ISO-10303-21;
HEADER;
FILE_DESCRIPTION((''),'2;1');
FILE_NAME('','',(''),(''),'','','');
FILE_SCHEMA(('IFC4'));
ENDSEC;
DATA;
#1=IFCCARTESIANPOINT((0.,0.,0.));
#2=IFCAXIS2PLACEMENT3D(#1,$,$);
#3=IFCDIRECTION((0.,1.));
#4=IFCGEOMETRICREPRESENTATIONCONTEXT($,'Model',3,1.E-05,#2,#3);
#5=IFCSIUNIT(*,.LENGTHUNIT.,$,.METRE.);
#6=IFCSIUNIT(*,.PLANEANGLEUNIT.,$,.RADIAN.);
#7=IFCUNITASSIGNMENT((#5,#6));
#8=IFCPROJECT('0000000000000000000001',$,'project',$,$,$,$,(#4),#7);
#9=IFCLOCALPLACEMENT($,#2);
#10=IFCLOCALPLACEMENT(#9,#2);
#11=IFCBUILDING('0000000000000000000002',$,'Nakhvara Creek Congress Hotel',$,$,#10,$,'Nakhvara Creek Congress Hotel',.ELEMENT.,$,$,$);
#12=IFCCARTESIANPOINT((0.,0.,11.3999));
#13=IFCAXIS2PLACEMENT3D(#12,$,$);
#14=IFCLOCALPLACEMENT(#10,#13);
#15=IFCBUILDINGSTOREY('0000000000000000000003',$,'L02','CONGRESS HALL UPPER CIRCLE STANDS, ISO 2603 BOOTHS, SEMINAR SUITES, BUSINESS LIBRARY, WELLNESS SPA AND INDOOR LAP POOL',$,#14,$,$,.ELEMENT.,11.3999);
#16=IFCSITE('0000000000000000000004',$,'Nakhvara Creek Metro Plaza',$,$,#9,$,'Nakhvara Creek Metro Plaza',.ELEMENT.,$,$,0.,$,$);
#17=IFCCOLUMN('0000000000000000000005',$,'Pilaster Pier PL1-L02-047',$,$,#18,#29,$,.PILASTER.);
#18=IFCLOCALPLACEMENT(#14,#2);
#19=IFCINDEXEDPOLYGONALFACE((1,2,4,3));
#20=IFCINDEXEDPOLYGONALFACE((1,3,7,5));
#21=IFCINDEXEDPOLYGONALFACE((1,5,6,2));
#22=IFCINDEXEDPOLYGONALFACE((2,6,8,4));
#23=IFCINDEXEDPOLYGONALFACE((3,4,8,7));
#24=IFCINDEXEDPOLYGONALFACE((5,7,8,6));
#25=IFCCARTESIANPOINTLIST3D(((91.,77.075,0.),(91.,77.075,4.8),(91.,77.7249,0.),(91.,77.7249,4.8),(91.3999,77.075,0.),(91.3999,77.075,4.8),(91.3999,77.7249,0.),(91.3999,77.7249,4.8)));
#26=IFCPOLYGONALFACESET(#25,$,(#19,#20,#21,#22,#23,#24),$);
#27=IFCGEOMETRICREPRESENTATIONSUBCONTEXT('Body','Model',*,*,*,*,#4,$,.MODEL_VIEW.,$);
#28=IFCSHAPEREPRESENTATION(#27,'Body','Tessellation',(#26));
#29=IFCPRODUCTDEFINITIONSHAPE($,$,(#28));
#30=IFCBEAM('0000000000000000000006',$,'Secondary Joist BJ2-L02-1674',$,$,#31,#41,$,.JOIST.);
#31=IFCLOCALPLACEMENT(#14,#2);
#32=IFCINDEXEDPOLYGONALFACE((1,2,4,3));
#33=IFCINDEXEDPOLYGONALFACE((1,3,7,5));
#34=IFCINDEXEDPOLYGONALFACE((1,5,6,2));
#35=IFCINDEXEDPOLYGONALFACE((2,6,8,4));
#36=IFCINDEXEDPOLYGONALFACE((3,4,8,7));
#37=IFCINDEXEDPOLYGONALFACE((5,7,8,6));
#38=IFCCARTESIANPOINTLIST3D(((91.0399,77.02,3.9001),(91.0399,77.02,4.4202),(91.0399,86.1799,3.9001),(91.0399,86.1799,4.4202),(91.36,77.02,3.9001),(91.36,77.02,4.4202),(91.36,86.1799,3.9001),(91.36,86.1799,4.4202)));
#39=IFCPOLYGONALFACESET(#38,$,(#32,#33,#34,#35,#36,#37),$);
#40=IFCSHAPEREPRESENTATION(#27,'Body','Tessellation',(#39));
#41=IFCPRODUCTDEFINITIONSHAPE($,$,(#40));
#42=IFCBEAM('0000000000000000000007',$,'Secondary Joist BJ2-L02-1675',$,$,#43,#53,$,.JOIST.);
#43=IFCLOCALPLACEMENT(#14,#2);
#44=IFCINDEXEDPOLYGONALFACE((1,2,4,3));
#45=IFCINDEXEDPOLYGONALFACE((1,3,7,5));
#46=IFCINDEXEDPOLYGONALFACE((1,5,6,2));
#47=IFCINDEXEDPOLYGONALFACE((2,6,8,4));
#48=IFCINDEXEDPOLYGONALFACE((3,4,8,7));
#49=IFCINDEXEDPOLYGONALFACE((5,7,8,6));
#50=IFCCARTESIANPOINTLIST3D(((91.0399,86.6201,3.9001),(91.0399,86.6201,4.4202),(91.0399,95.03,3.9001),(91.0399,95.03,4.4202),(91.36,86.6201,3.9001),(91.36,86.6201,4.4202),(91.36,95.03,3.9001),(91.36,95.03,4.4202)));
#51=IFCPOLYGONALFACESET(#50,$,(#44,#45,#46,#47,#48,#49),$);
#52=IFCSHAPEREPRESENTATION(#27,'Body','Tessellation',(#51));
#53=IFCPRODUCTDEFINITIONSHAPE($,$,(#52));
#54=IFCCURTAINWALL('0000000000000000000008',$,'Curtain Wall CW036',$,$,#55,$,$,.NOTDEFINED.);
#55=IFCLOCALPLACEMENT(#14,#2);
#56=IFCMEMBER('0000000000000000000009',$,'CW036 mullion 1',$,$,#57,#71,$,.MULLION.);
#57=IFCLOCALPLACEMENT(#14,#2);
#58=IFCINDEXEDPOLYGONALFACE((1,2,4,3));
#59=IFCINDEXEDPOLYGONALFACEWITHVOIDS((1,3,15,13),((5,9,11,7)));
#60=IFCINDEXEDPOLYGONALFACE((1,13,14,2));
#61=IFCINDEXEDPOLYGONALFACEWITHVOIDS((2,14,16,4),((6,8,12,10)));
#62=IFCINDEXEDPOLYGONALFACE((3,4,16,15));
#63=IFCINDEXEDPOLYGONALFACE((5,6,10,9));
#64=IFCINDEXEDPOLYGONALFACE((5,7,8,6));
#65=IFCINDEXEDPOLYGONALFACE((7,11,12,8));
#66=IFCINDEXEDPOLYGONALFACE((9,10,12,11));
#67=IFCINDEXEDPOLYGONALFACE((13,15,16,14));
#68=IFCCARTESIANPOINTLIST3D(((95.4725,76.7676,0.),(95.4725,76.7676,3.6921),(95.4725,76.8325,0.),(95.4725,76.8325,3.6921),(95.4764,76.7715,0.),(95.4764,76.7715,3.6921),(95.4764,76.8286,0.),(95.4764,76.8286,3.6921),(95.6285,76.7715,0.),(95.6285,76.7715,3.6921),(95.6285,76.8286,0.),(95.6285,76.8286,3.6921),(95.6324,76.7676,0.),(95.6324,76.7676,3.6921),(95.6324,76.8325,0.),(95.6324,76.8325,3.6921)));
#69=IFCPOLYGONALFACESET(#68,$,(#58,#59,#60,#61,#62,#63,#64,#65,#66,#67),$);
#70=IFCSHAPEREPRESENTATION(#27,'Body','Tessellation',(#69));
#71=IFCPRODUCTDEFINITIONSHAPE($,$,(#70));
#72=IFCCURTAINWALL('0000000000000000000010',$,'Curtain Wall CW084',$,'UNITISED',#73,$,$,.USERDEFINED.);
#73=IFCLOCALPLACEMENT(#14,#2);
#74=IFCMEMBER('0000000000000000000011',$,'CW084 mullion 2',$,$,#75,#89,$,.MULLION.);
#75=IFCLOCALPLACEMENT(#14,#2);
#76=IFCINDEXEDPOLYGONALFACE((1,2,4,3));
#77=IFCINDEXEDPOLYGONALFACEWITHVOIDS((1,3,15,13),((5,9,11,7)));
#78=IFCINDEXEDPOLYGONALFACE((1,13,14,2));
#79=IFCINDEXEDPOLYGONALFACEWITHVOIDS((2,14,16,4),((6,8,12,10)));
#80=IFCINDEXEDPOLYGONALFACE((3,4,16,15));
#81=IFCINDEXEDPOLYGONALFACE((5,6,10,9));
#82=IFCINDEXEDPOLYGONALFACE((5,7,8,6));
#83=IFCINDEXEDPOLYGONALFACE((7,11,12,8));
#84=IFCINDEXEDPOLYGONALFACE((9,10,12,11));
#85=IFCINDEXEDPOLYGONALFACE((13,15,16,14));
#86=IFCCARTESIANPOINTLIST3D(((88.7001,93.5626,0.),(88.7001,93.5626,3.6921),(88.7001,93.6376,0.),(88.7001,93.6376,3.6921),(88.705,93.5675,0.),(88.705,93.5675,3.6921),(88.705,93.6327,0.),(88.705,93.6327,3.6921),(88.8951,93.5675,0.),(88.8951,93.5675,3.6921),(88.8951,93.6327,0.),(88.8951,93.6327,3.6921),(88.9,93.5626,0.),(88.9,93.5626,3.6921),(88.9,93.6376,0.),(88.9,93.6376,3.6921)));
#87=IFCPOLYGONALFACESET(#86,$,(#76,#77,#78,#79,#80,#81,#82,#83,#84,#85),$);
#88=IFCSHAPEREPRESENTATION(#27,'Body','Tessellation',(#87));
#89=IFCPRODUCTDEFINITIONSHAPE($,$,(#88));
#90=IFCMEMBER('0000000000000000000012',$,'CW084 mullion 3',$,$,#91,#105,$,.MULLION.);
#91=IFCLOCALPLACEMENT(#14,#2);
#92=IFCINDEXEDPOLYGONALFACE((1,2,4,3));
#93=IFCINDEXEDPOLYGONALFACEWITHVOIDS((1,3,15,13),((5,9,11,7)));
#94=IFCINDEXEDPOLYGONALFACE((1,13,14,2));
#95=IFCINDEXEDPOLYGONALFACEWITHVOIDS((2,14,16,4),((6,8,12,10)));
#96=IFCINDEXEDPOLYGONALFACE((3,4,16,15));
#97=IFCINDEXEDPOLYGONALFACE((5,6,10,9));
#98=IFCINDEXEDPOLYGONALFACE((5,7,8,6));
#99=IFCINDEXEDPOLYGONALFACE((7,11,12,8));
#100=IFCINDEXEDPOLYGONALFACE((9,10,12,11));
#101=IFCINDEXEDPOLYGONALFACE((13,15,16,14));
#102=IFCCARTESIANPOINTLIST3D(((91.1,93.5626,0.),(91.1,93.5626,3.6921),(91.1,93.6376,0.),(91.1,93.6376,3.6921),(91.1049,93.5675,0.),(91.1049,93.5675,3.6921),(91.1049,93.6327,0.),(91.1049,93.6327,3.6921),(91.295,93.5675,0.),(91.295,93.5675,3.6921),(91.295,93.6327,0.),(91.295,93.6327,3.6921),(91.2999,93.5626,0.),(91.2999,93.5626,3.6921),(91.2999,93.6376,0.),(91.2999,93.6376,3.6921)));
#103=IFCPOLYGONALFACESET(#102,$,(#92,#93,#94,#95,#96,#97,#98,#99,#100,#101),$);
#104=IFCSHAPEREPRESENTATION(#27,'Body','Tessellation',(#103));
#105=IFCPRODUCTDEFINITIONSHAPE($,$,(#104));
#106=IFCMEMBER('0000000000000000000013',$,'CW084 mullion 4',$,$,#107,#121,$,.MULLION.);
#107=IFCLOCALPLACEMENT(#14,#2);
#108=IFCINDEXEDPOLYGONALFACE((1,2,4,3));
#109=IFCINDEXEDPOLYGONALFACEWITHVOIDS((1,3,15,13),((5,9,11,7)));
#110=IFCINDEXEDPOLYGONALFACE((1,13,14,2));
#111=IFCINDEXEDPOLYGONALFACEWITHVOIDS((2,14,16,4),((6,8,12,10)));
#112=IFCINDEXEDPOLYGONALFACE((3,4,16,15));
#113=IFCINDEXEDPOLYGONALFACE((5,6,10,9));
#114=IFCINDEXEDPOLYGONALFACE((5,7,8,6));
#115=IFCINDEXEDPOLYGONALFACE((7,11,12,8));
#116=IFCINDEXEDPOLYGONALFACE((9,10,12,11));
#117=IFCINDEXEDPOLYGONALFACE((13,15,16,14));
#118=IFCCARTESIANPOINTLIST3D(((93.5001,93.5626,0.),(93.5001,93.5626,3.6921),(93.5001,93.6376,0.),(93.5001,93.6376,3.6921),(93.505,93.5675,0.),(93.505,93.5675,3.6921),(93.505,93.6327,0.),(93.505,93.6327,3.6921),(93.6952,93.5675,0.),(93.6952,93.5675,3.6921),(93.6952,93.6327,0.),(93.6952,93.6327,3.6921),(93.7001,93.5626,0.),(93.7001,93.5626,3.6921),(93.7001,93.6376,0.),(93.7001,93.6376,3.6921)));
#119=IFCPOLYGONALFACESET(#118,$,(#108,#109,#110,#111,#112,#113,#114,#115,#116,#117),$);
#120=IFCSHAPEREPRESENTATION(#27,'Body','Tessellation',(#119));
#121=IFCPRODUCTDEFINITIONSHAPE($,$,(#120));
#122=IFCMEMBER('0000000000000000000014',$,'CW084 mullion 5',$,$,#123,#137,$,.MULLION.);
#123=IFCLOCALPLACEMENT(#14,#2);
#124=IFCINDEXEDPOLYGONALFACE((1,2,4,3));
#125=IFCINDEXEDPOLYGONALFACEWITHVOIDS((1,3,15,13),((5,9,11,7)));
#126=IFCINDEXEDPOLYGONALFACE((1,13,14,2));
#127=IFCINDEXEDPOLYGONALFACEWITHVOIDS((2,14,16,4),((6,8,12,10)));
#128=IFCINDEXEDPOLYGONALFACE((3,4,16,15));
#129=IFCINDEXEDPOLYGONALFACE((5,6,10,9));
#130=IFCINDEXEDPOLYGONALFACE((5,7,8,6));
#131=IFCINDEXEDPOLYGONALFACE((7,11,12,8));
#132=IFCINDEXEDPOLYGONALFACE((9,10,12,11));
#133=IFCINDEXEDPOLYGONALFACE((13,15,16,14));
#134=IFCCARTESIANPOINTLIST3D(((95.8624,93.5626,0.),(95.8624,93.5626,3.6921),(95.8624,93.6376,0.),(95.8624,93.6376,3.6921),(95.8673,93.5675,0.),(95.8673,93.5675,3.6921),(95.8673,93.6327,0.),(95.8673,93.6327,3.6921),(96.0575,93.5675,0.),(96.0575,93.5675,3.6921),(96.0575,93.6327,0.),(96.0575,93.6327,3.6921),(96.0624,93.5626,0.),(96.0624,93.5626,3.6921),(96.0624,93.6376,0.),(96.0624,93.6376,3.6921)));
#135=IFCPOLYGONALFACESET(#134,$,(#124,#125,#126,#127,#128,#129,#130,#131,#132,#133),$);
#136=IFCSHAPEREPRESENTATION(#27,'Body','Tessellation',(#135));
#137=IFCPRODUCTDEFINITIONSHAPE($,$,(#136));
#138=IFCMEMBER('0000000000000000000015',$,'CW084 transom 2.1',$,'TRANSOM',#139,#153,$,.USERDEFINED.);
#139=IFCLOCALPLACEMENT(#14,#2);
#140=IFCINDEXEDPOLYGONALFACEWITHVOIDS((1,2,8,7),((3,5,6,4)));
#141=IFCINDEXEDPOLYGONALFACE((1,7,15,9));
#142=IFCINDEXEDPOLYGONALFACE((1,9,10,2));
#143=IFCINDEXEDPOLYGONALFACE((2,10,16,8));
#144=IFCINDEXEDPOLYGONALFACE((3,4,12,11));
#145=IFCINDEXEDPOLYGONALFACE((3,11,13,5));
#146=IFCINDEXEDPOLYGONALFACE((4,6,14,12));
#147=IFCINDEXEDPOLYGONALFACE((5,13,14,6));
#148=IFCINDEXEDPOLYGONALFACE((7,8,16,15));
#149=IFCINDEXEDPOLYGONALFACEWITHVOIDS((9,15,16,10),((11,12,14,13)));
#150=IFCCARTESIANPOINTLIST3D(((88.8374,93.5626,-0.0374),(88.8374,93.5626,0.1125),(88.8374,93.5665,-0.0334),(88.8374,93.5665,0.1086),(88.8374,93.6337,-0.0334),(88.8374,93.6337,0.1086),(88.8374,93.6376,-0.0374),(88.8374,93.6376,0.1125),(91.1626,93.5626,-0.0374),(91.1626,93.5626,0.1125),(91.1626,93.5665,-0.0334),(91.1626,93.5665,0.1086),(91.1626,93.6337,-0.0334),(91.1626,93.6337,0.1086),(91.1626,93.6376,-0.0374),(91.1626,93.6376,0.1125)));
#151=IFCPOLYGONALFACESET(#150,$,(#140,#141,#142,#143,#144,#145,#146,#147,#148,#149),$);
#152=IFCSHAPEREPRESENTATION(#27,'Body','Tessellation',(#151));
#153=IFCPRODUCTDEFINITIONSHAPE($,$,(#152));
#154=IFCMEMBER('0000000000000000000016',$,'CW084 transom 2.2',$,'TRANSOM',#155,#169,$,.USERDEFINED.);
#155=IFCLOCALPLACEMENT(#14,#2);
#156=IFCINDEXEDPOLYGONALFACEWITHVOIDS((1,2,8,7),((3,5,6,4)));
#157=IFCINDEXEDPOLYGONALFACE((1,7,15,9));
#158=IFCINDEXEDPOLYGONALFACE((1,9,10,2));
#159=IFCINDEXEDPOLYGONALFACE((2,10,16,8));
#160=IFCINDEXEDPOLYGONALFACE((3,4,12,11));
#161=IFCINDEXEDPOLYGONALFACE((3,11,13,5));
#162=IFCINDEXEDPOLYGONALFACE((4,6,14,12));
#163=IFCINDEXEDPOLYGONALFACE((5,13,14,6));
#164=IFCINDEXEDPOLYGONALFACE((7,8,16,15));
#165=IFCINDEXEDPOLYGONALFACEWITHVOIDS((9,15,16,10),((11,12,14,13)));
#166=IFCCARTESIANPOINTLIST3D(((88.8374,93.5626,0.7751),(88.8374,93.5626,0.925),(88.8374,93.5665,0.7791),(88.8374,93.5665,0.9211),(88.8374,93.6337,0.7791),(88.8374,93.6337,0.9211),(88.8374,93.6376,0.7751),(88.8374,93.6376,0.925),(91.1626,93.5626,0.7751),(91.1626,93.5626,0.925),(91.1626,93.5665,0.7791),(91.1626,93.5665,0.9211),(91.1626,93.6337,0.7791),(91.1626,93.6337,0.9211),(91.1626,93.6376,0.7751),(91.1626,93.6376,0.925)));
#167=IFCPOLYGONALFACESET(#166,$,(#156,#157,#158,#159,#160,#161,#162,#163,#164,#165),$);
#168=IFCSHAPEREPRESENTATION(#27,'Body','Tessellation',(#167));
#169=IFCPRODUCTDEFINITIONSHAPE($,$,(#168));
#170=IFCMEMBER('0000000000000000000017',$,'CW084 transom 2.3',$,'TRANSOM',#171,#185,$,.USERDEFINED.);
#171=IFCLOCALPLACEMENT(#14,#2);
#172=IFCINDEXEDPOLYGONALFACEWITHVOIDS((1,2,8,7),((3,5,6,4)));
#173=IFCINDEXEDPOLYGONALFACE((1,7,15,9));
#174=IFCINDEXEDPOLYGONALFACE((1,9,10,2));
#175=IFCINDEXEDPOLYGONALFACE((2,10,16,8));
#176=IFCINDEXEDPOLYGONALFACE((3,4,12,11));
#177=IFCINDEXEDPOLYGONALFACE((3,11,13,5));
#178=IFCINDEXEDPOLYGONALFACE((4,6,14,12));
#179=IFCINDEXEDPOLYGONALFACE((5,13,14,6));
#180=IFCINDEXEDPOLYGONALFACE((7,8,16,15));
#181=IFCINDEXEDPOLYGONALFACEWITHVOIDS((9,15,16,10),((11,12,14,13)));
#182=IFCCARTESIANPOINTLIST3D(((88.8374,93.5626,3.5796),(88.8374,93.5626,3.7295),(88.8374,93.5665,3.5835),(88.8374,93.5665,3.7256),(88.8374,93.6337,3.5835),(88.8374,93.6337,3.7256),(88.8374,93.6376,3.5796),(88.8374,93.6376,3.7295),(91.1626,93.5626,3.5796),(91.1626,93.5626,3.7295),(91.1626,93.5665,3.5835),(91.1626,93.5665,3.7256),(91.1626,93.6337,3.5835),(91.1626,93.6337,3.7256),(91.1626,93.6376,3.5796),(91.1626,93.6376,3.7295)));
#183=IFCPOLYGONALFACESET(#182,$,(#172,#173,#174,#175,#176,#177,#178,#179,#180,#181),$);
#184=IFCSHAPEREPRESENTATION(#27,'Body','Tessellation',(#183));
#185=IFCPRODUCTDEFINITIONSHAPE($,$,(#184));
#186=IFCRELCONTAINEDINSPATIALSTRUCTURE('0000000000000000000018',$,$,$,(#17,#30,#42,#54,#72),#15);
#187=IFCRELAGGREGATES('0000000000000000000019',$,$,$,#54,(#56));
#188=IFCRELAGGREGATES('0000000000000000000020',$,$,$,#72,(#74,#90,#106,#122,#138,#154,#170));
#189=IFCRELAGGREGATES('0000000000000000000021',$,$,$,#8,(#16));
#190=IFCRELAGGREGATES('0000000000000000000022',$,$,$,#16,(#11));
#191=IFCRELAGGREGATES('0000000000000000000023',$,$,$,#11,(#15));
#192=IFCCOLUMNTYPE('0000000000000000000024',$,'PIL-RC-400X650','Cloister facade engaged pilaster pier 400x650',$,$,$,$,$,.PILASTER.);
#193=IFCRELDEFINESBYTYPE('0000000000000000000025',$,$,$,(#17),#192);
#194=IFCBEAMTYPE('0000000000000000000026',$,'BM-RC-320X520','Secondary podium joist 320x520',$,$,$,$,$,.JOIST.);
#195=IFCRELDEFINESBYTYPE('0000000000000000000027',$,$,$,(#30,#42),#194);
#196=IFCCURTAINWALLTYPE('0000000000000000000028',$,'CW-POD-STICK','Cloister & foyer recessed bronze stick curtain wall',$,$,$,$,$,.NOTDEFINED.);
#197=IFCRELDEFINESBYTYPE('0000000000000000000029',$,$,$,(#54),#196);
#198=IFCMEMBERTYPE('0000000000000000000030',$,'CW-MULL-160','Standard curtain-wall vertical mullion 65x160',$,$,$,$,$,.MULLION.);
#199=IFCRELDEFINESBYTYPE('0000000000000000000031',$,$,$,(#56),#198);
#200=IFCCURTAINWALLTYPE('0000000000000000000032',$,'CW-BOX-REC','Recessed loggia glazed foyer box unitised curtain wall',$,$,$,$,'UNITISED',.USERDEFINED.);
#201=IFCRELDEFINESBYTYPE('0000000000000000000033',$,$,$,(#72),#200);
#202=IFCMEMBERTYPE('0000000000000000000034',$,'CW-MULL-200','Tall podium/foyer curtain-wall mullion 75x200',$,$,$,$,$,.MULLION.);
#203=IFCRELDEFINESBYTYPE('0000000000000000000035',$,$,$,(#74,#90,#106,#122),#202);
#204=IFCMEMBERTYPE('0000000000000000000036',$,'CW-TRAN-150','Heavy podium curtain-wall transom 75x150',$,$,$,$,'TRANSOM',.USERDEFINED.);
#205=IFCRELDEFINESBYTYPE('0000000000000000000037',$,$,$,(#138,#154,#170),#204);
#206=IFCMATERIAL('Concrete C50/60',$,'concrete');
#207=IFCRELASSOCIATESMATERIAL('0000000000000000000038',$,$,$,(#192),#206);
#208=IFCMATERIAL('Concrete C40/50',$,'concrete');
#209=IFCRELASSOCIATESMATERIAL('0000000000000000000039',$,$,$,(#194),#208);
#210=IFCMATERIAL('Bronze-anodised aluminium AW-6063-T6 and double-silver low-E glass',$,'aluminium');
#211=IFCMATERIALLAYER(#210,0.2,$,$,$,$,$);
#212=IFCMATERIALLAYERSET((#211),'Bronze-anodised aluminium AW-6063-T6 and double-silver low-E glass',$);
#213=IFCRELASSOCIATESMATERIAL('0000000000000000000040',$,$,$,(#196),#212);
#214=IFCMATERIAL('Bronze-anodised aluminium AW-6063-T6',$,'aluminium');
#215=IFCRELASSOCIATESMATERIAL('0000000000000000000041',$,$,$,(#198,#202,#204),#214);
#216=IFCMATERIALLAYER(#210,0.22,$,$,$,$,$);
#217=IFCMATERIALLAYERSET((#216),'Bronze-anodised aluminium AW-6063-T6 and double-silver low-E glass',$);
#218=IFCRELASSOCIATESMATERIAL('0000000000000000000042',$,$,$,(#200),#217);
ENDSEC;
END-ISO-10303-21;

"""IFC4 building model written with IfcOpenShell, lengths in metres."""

from ifc_helpers import new_model, si_unit, direction, frame, origin, origin_2d, place, context, subcontext, project, spatial, rectangle, hollow_rectangle, extrude, material, layer, layer_set, material_profile, profile_set, type_object, element, aggregate, save


model = new_model("IFC4")

# Units and contexts
model_context = context("Model", 3, precision=1e-05, world=origin(), true_north=direction((0.0, 1.0)))
body_context = subcontext(model_context, "Body", "Model", "MODEL_VIEW")
ifc_project = project(units=[si_unit("LENGTHUNIT", "METRE"), si_unit("PLANEANGLEUNIT", "RADIAN")], contexts=[model_context])

# Site, building, storey
site_placement = place(None, origin())
site = spatial("IfcSite", under=ifc_project, at=site_placement, Name="Nakhvara Creek Metro Plaza", LongName="Nakhvara Creek Metro Plaza", CompositionType="ELEMENT", RefElevation=0.0)
building_placement = place(site_placement, origin())
building = spatial("IfcBuilding", under=site, at=building_placement, Name="Nakhvara Creek Congress Hotel", LongName="Nakhvara Creek Congress Hotel", CompositionType="ELEMENT")
storey_placement = place(building_placement, frame((0.0, 0.0, 11.3999)))
storey = spatial("IfcBuildingStorey", under=building, at=storey_placement, Name="L02", Description="CONGRESS HALL UPPER CIRCLE STANDS, ISO 2603 BOOTHS, SEMINAR SUITES, BUSINESS LIBRARY, WELLNESS SPA AND INDOOR LAP POOL", CompositionType="ELEMENT", Elevation=11.3999)

# Column
ifc_material_1 = material(Name="Concrete C50/60", Category="concrete")
ifc_material_profile_1 = material_profile(ifc_material_1, rectangle(XDim=0.3999, YDim=0.6499, at=origin_2d()), Name="RC-PIL 400x650", Category="LoadBearing")
ifc_profile_set_1 = profile_set([ifc_material_profile_1], Name="Concrete C50/60")
column_type = type_object("IfcColumnType", Name="PIL-RC-400X650", Description="Cloister facade engaged pilaster pier 400x650", PredefinedType="PILASTER", material=ifc_profile_set_1)
column_placement = place(storey_placement, frame((91.2, 77.3999, 0.0), z_axis=(0.0, 0.0, 1.0), x_axis=(1.0, 0.0, 0.0)))
element("IfcColumn", 1, at=column_placement, inside=storey, type_object=column_type, Name="Pilaster Pier PL1-L02-047", PredefinedType="PILASTER", context=body_context, shape_type="SweptSolid", body=[
    extrude(rectangle(XDim=0.3999, YDim=0.6499, at=origin_2d()), origin(), (0.0, 0.0, 1.0), 4.8),
])

# Beams
ifc_material_2 = material(Name="Concrete C40/50", Category="concrete")
ifc_material_profile_2 = material_profile(ifc_material_2, rectangle(XDim=0.3201, YDim=0.52, at=origin_2d()), Name="RC-BM 320x520", Category="LoadBearing")
ifc_profile_set_2 = profile_set([ifc_material_profile_2], Name="Concrete C40/50")
beam_type = type_object("IfcBeamType", Name="BM-RC-320X520", Description="Secondary podium joist 320x520", PredefinedType="JOIST", material=ifc_profile_set_2)
beam_1_placement = place(storey_placement, frame((91.2, 77.02, 4.1602), z_axis=(0.0, 1.0, 0.0), x_axis=(-1.0, 0.0, 0.0)))
element("IfcBeam", 2, at=beam_1_placement, inside=storey, type_object=beam_type, Name="Secondary Joist BJ2-L02-1674", PredefinedType="JOIST", context=body_context, shape_type="SweptSolid", body=[
    extrude(rectangle(XDim=0.3201, YDim=0.52, at=origin_2d()), origin(), (0.0, 0.0, 1.0), 9.1599),
])
beam_2_placement = place(storey_placement, frame((91.2, 86.6201, 4.1602), z_axis=(0.0, 1.0, 0.0), x_axis=(-1.0, 0.0, 0.0)))
element("IfcBeam", 3, at=beam_2_placement, inside=storey, type_object=beam_type, Name="Secondary Joist BJ2-L02-1675", PredefinedType="JOIST", context=body_context, shape_type="SweptSolid", body=[
    extrude(rectangle(XDim=0.3201, YDim=0.52, at=origin_2d()), origin(), (0.0, 0.0, 1.0), 8.4099),
])

# Curtain wall, member
ifc_material_3 = material(Name="Bronze-anodised aluminium AW-6063-T6 and double-silver low-E glass", Category="aluminium")
ifc_layer_1 = layer(ifc_material_3, 0.2)
ifc_layer_set_1 = layer_set([ifc_layer_1], Name="Bronze-anodised aluminium AW-6063-T6 and double-silver low-E glass")
curtain_wall_type_1 = type_object("IfcCurtainWallType", Name="CW-POD-STICK", Description="Cloister & foyer recessed bronze stick curtain wall", PredefinedType="NOTDEFINED", material=ifc_layer_set_1)
curtain_wall_1_placement = place(storey_placement, origin())
curtain_wall_1 = element("IfcCurtainWall", 4, at=curtain_wall_1_placement, inside=storey, type_object=curtain_wall_type_1, Name="Curtain Wall CW036", PredefinedType="NOTDEFINED")
ifc_material_4 = material(Name="Bronze-anodised aluminium AW-6063-T6", Category="aluminium")
ifc_material_profile_3 = material_profile(ifc_material_4, hollow_rectangle(XDim=0.0649, YDim=0.1599, WallThickness=0.0039, at=origin_2d()), Name="ALU-MULL 65x160x4", Category="LoadBearing")
ifc_profile_set_3 = profile_set([ifc_material_profile_3], Name="Bronze-anodised aluminium AW-6063-T6")
member_type_1 = type_object("IfcMemberType", Name="CW-MULL-160", Description="Standard curtain-wall vertical mullion 65x160", PredefinedType="MULLION", material=ifc_profile_set_3)
member_1_placement = place(storey_placement, frame((95.5525, 76.8, 0.0), z_axis=(0.0, 0.0, 1.0), x_axis=(0.0, -1.0, 0.0)))
member_1 = element("IfcMember", 5, at=member_1_placement, type_object=member_type_1, Name="CW036 mullion 1", PredefinedType="MULLION", context=body_context, shape_type="SweptSolid", body=[
    extrude(hollow_rectangle(XDim=0.0649, YDim=0.1599, WallThickness=0.0039, at=origin_2d()), origin(), (0.0, 0.0, 1.0), 3.6921),
])
aggregate(curtain_wall_1, [member_1])

# Curtain wall, members
ifc_layer_2 = layer(ifc_material_3, 0.22)
ifc_layer_set_2 = layer_set([ifc_layer_2], Name="Bronze-anodised aluminium AW-6063-T6 and double-silver low-E glass")
curtain_wall_type_2 = type_object("IfcCurtainWallType", Name="CW-BOX-REC", Description="Recessed loggia glazed foyer box unitised curtain wall", ElementType="UNITISED", PredefinedType="USERDEFINED", material=ifc_layer_set_2)
curtain_wall_2_placement = place(storey_placement, origin())
curtain_wall_2 = element("IfcCurtainWall", 6, at=curtain_wall_2_placement, inside=storey, type_object=curtain_wall_type_2, Name="Curtain Wall CW084", ObjectType="UNITISED", PredefinedType="USERDEFINED")
ifc_material_profile_4 = material_profile(ifc_material_4, hollow_rectangle(XDim=0.075, YDim=0.2, WallThickness=0.0049, at=origin_2d()), Name="ALU-MULL 75x200x5", Category="LoadBearing")
ifc_profile_set_4 = profile_set([ifc_material_profile_4], Name="Bronze-anodised aluminium AW-6063-T6")
member_type_2 = type_object("IfcMemberType", Name="CW-MULL-200", Description="Tall podium/foyer curtain-wall mullion 75x200", PredefinedType="MULLION", material=ifc_profile_set_4)
member_2_placement = place(storey_placement, frame((88.8, 93.6001, 0.0), z_axis=(0.0, 0.0, 1.0), x_axis=(0.0, 1.0, 0.0)))
member_2 = element("IfcMember", 7, at=member_2_placement, type_object=member_type_2, Name="CW084 mullion 2", PredefinedType="MULLION", context=body_context, shape_type="SweptSolid", body=[
    extrude(hollow_rectangle(XDim=0.075, YDim=0.2, WallThickness=0.0049, at=origin_2d()), origin(), (0.0, 0.0, 1.0), 3.6921),
])
member_3_placement = place(storey_placement, frame((91.2, 93.6001, 0.0), z_axis=(0.0, 0.0, 1.0), x_axis=(0.0, 1.0, 0.0)))
member_3 = element("IfcMember", 8, at=member_3_placement, type_object=member_type_2, Name="CW084 mullion 3", PredefinedType="MULLION", context=body_context, shape_type="SweptSolid", body=[
    extrude(hollow_rectangle(XDim=0.075, YDim=0.2, WallThickness=0.0049, at=origin_2d()), origin(), (0.0, 0.0, 1.0), 3.6921),
])
member_4_placement = place(storey_placement, frame((93.6001, 93.6001, 0.0), z_axis=(0.0, 0.0, 1.0), x_axis=(0.0, 1.0, 0.0)))
member_4 = element("IfcMember", 9, at=member_4_placement, type_object=member_type_2, Name="CW084 mullion 4", PredefinedType="MULLION", context=body_context, shape_type="SweptSolid", body=[
    extrude(hollow_rectangle(XDim=0.075, YDim=0.2, WallThickness=0.0049, at=origin_2d()), origin(), (0.0, 0.0, 1.0), 3.6921),
])
member_5_placement = place(storey_placement, frame((95.9624, 93.6001, 0.0), z_axis=(0.0, 0.0, 1.0), x_axis=(0.0, 1.0, 0.0)))
member_5 = element("IfcMember", 10, at=member_5_placement, type_object=member_type_2, Name="CW084 mullion 5", PredefinedType="MULLION", context=body_context, shape_type="SweptSolid", body=[
    extrude(hollow_rectangle(XDim=0.075, YDim=0.2, WallThickness=0.0049, at=origin_2d()), origin(), (0.0, 0.0, 1.0), 3.6921),
])
ifc_material_profile_5 = material_profile(ifc_material_4, hollow_rectangle(XDim=0.075, YDim=0.1499, WallThickness=0.0039, at=origin_2d()), Name="ALU-TRAN 75x150x4", Category="LoadBearing")
ifc_profile_set_5 = profile_set([ifc_material_profile_5], Name="Bronze-anodised aluminium AW-6063-T6")
member_type_3 = type_object("IfcMemberType", Name="CW-TRAN-150", Description="Heavy podium curtain-wall transom 75x150", ElementType="TRANSOM", PredefinedType="USERDEFINED", material=ifc_profile_set_5)
member_6_placement = place(storey_placement, frame((88.8374, 93.6001, 0.0376), z_axis=(1.0, 0.0, 0.0), x_axis=(0.0, 1.0, 0.0)))
member_6 = element("IfcMember", 11, at=member_6_placement, type_object=member_type_3, Name="CW084 transom 2.1", ObjectType="TRANSOM", PredefinedType="USERDEFINED", context=body_context, shape_type="SweptSolid", body=[
    extrude(hollow_rectangle(XDim=0.075, YDim=0.1499, WallThickness=0.0039, at=origin_2d()), origin(), (0.0, 0.0, 1.0), 2.3252),
])
member_7_placement = place(storey_placement, frame((88.8374, 93.6001, 0.8501), z_axis=(1.0, 0.0, 0.0), x_axis=(0.0, 1.0, 0.0)))
member_7 = element("IfcMember", 12, at=member_7_placement, type_object=member_type_3, Name="CW084 transom 2.2", ObjectType="TRANSOM", PredefinedType="USERDEFINED", context=body_context, shape_type="SweptSolid", body=[
    extrude(hollow_rectangle(XDim=0.075, YDim=0.1499, WallThickness=0.0039, at=origin_2d()), origin(), (0.0, 0.0, 1.0), 2.3252),
])
member_8_placement = place(storey_placement, frame((88.8374, 93.6001, 3.6545), z_axis=(1.0, 0.0, 0.0), x_axis=(0.0, 1.0, 0.0)))
member_8 = element("IfcMember", 13, at=member_8_placement, type_object=member_type_3, Name="CW084 transom 2.3", ObjectType="TRANSOM", PredefinedType="USERDEFINED", context=body_context, shape_type="SweptSolid", body=[
    extrude(hollow_rectangle(XDim=0.075, YDim=0.1499, WallThickness=0.0039, at=origin_2d()), origin(), (0.0, 0.0, 1.0), 2.3252),
])
aggregate(curtain_wall_2, [member_2, member_3, member_4, member_5, member_6, member_7, member_8])

save(model, "model.ifc")
